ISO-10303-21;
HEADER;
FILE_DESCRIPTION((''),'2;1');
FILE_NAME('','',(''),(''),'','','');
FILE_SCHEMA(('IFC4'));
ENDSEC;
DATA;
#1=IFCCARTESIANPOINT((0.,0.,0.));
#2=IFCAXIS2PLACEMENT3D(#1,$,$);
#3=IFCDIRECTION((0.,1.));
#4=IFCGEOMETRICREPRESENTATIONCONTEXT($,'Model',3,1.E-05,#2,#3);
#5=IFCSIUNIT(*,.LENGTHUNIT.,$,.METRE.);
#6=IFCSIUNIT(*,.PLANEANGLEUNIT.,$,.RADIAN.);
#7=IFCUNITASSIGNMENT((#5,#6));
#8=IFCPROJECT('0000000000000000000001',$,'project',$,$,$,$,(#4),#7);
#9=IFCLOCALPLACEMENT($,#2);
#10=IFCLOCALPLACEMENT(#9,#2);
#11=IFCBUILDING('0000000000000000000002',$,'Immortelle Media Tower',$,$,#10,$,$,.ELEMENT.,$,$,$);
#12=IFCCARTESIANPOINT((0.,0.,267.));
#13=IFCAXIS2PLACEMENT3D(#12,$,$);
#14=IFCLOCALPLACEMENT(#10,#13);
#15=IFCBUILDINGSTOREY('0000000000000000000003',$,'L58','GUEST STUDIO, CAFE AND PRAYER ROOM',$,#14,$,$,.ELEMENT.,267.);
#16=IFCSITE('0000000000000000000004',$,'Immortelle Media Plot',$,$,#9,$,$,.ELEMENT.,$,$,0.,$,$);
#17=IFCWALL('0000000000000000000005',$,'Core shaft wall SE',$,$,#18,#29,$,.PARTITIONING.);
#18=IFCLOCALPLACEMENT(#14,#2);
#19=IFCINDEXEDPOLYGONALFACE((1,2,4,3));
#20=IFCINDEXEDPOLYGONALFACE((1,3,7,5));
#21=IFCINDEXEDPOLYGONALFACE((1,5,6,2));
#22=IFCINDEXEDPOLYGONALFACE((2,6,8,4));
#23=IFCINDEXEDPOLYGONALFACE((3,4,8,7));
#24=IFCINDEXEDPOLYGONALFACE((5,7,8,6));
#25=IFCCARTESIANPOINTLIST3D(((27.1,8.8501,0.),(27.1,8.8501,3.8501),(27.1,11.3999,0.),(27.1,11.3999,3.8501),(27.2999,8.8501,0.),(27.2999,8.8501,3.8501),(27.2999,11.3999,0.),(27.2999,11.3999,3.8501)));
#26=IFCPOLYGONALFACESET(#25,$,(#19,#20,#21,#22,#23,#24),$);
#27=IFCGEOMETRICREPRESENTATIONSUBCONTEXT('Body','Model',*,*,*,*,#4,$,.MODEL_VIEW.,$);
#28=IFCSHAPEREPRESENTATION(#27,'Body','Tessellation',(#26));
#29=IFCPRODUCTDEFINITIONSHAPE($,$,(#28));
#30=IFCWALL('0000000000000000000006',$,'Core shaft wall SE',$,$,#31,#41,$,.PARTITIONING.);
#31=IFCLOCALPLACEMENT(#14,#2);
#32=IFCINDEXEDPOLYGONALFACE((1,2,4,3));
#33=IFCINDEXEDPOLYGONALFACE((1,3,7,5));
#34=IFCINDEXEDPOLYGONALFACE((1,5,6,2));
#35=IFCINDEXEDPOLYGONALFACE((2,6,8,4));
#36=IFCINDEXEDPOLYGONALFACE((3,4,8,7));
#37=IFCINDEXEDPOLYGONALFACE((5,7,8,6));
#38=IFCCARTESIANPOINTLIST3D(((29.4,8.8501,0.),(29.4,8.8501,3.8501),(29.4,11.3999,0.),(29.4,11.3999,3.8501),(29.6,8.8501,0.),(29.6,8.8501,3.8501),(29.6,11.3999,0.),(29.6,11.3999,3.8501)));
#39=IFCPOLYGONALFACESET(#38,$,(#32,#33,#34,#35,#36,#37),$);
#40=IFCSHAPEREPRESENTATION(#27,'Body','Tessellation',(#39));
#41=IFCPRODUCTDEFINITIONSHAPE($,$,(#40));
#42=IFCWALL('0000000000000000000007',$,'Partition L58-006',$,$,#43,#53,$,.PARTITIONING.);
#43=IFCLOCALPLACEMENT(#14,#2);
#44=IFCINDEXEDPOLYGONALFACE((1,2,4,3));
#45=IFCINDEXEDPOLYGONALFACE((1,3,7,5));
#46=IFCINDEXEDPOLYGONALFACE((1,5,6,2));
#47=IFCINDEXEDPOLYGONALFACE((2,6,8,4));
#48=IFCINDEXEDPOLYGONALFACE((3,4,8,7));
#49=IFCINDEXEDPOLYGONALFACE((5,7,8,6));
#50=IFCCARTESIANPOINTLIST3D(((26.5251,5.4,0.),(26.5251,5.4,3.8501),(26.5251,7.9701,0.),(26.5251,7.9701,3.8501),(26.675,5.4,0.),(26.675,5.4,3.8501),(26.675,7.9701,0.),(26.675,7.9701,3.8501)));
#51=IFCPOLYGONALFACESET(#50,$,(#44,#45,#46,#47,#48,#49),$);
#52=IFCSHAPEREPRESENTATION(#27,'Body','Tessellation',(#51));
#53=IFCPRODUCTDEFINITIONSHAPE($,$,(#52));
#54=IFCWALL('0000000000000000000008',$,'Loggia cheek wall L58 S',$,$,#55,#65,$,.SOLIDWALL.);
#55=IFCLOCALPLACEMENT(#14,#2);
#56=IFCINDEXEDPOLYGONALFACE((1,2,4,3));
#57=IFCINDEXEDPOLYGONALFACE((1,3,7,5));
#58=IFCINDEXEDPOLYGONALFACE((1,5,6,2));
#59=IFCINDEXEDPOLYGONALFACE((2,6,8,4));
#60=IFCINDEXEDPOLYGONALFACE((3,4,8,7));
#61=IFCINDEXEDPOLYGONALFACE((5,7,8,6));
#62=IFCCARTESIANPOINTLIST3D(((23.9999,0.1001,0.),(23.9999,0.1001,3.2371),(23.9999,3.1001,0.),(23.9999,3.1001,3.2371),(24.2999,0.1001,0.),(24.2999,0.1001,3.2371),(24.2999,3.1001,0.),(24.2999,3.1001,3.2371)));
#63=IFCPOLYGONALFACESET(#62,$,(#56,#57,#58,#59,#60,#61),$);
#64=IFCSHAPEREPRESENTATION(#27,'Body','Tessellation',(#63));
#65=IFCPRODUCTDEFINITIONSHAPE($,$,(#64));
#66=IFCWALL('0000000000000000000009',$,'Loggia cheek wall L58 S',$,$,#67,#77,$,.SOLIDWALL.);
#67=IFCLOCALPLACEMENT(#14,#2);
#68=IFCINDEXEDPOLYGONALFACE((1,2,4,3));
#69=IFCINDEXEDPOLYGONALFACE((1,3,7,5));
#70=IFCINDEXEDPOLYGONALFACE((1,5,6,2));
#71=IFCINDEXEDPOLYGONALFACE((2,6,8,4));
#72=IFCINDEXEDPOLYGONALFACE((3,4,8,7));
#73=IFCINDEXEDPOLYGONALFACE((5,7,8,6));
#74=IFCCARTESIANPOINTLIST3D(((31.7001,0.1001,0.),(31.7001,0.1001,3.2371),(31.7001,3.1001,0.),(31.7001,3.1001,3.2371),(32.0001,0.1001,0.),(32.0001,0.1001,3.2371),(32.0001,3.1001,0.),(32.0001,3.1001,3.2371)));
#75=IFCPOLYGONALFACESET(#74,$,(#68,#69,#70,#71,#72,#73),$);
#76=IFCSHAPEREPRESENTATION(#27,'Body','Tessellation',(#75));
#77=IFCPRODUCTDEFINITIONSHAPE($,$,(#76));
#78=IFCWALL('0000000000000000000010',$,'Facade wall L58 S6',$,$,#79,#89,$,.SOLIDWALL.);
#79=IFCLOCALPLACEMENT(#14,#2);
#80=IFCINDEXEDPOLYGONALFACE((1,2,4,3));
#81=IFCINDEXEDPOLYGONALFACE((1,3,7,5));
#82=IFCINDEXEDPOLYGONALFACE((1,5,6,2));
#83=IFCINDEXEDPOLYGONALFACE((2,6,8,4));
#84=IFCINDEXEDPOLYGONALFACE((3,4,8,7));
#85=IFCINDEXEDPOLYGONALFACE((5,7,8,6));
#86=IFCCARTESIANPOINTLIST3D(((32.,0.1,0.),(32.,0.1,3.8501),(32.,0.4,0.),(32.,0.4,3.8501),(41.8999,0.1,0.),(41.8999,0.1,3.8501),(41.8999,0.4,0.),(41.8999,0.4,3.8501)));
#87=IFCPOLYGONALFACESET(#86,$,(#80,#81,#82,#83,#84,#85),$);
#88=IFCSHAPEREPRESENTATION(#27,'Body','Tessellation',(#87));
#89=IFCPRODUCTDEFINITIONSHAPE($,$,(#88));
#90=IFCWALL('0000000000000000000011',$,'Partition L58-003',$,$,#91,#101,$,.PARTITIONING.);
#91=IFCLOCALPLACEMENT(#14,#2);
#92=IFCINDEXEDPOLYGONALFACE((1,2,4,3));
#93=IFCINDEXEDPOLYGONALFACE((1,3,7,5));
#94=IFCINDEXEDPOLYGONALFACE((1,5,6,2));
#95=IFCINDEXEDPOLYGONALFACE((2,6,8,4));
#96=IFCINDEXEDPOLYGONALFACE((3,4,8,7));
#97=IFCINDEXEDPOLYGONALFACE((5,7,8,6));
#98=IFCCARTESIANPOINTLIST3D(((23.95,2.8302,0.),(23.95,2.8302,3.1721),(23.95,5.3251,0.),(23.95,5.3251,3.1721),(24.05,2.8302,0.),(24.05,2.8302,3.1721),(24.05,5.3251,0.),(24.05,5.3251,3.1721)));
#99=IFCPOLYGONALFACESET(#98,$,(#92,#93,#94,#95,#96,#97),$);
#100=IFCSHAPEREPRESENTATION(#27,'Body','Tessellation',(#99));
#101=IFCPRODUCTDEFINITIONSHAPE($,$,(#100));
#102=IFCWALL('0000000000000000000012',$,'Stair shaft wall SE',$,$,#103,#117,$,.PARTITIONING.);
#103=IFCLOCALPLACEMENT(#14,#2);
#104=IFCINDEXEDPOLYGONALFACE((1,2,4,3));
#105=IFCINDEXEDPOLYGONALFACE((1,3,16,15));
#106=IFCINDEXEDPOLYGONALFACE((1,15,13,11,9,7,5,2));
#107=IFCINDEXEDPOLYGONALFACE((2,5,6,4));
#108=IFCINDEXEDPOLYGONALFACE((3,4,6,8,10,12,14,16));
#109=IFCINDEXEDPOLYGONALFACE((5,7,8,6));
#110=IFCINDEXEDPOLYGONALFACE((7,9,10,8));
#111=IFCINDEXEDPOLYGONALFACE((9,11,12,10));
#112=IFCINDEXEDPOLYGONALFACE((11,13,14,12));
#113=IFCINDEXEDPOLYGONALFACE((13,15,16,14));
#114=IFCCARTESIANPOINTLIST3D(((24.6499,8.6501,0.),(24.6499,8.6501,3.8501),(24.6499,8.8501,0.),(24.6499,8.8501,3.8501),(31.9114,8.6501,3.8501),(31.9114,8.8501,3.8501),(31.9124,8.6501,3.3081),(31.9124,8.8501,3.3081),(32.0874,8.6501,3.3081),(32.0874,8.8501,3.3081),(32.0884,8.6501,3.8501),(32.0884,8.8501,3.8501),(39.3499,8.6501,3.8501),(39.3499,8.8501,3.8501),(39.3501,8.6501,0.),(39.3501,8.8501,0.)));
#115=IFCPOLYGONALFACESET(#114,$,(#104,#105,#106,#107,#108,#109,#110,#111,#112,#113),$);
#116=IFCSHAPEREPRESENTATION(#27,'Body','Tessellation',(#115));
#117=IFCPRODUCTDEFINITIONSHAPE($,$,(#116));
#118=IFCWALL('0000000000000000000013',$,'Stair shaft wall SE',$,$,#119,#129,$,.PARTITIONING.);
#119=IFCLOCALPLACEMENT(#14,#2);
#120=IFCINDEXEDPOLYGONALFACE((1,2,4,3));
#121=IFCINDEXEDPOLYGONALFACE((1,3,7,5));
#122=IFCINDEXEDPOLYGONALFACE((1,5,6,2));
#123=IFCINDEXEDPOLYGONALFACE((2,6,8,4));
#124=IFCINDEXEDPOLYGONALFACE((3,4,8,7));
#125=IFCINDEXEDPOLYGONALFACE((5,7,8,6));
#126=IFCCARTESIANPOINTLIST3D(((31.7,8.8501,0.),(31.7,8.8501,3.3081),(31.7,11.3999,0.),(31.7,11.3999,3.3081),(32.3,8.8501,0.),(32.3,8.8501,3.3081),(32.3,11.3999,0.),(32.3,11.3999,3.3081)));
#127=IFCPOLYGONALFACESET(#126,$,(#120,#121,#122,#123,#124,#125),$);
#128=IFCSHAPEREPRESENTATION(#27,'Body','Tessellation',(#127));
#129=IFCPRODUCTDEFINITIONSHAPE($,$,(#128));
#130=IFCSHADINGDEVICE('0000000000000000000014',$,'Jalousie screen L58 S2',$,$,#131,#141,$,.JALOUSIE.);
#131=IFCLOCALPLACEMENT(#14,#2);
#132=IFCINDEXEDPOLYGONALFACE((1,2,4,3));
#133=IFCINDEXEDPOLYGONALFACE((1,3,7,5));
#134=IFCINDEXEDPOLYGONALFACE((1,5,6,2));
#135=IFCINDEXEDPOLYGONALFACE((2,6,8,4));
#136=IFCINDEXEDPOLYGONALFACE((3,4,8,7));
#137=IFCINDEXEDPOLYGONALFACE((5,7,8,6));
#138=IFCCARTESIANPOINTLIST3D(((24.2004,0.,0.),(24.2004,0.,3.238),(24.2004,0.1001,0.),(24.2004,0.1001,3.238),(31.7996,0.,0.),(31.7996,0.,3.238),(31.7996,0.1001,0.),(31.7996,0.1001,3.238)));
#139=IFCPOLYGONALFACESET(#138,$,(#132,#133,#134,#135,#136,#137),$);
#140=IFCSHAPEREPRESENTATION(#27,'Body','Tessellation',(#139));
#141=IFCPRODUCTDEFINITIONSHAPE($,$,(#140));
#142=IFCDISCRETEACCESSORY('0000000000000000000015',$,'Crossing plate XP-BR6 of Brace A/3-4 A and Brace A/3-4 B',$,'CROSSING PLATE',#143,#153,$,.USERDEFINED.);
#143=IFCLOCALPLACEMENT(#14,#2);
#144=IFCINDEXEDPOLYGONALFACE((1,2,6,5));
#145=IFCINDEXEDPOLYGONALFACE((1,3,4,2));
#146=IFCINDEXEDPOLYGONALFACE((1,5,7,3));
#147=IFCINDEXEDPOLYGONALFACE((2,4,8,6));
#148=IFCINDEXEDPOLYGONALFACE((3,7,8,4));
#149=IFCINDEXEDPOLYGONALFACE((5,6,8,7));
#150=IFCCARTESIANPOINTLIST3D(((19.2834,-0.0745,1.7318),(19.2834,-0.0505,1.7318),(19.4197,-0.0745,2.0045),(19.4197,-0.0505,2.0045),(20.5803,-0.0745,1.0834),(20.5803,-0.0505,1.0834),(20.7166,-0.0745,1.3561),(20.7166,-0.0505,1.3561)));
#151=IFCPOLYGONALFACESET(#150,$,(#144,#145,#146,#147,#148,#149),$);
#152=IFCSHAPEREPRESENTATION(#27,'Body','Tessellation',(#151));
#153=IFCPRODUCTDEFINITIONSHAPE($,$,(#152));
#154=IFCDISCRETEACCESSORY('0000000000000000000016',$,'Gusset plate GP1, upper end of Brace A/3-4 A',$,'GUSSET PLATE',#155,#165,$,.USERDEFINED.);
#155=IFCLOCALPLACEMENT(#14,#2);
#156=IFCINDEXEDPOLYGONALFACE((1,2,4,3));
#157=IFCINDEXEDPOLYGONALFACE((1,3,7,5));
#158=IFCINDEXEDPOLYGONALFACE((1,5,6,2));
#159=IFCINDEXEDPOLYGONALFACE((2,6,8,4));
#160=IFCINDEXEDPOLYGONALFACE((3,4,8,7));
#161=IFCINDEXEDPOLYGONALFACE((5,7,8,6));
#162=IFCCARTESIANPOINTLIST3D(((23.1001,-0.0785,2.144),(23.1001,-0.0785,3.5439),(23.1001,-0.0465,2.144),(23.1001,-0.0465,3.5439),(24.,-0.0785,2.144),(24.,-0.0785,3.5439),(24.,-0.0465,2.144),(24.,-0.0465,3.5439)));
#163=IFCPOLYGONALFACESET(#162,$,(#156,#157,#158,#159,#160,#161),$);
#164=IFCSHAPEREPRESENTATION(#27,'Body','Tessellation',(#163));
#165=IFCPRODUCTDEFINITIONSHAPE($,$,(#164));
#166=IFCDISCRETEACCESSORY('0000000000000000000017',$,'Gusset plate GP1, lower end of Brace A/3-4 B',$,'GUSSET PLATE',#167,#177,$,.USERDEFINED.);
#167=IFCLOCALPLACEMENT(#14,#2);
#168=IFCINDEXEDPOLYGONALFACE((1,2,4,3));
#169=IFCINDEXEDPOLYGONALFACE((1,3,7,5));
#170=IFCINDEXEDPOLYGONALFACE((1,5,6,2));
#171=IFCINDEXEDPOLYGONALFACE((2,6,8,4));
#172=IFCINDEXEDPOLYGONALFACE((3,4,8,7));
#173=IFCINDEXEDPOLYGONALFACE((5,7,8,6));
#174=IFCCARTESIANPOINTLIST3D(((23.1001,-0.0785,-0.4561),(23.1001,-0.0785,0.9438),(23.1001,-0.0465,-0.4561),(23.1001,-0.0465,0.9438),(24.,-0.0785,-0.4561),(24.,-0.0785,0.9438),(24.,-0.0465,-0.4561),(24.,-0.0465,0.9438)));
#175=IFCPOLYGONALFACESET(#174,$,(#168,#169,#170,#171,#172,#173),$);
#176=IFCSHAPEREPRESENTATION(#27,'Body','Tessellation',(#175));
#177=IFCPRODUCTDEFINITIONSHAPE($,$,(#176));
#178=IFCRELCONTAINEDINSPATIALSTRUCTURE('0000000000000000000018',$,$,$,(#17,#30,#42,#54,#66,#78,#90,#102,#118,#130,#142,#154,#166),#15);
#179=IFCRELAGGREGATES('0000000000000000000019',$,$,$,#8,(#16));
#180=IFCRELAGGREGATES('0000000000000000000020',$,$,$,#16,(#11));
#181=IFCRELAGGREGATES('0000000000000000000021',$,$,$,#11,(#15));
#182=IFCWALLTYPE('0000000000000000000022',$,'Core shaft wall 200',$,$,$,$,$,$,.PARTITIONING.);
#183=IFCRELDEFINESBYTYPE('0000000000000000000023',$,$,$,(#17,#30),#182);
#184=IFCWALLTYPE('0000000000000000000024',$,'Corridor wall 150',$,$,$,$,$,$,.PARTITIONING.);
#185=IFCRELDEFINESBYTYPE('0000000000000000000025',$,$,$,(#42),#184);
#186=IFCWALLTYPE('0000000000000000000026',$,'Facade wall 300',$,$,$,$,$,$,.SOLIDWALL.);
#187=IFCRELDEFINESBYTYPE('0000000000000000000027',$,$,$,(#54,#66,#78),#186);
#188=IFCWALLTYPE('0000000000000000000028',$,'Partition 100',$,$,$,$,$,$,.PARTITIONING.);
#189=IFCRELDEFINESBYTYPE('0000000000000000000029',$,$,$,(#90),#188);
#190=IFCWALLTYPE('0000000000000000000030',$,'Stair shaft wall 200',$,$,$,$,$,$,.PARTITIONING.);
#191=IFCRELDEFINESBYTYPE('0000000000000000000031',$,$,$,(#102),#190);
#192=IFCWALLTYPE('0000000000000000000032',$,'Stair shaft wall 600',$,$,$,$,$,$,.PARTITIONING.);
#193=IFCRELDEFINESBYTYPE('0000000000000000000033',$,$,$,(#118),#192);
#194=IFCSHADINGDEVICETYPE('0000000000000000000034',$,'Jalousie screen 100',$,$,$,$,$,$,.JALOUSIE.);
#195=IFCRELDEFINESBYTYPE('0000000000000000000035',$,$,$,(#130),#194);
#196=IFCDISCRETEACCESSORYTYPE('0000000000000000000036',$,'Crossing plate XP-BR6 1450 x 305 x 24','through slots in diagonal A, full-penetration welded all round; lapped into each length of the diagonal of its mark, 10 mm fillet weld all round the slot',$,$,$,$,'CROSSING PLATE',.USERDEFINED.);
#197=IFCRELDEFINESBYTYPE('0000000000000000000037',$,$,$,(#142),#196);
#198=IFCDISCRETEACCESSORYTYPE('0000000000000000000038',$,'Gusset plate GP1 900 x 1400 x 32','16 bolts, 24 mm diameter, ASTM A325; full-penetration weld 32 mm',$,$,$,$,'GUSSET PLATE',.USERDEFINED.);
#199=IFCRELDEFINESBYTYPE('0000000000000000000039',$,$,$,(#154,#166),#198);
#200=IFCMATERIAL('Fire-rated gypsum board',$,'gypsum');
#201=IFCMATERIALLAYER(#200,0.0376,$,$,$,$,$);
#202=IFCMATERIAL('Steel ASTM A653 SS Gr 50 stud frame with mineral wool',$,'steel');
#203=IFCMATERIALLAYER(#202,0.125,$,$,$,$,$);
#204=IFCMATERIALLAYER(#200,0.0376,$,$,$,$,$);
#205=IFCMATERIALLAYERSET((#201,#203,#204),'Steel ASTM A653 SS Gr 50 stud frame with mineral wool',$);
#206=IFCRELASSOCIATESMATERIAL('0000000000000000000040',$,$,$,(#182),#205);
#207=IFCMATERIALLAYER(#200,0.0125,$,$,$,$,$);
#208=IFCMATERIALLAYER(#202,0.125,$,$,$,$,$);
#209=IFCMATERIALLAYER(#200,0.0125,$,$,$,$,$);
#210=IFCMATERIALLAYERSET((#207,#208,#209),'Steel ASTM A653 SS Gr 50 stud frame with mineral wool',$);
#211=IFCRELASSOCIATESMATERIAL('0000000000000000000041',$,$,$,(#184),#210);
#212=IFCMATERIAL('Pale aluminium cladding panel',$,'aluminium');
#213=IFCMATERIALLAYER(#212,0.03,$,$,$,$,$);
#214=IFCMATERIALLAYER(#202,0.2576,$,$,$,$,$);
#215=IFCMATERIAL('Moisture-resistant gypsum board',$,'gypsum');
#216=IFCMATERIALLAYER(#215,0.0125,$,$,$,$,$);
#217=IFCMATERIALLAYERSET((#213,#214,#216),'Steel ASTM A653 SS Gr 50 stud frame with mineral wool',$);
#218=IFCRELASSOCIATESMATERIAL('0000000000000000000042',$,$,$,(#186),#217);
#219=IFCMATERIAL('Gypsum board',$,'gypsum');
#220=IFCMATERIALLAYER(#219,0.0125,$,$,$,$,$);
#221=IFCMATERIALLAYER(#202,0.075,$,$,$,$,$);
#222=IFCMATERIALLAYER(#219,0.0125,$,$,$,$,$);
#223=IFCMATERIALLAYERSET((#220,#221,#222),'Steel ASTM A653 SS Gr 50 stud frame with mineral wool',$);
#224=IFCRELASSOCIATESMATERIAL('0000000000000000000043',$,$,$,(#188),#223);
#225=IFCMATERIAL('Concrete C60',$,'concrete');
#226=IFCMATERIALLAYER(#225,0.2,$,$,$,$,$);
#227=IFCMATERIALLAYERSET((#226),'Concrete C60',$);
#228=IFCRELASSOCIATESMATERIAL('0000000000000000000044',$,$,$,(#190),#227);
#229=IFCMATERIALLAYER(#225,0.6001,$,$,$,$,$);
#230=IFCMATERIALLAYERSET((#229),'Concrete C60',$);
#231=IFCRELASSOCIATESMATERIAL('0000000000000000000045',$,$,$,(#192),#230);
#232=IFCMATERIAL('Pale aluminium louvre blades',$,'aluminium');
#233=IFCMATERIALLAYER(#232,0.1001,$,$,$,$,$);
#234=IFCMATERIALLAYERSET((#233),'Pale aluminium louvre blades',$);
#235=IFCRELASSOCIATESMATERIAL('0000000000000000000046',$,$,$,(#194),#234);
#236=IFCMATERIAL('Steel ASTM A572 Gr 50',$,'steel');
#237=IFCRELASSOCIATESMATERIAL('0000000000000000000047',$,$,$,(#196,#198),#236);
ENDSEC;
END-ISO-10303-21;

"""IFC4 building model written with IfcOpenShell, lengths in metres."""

from ifc_helpers import new_model, si_unit, direction, frame, frame_2d, origin, origin_2d, place, context, subcontext, project, spatial, polyline, rectangle, outline, extrude, material, layer, layer_set, material_profile, profile_set, type_object, element, save


model = new_model("IFC4")

# Units and contexts
model_context = context("Model", 3, precision=1e-05, world=origin(), true_north=direction((0.0, 1.0)))
body_context = subcontext(model_context, "Body", "Model", "MODEL_VIEW")
ifc_project = project(units=[si_unit("LENGTHUNIT", "METRE"), si_unit("PLANEANGLEUNIT", "RADIAN")], contexts=[model_context])

# Site, building, storey
site_placement = place(None, origin())
site = spatial("IfcSite", under=ifc_project, at=site_placement, Name="Immortelle Media Plot", CompositionType="ELEMENT", RefElevation=0.0)
building_placement = place(site_placement, origin())
building = spatial("IfcBuilding", under=site, at=building_placement, Name="Immortelle Media Tower", CompositionType="ELEMENT")
storey_placement = place(building_placement, frame((0.0, 0.0, 267.0)))
storey = spatial("IfcBuildingStorey", under=building, at=storey_placement, Name="L58", Description="GUEST STUDIO, CAFE AND PRAYER ROOM", CompositionType="ELEMENT", Elevation=267.0)

# Shared definitions
ifc_material_1 = material(Name="Fire-rated gypsum board", Category="gypsum")
ifc_layer_1 = layer(ifc_material_1, 0.0376)
ifc_material_2 = material(Name="Steel ASTM A653 SS Gr 50 stud frame with mineral wool", Category="steel")
ifc_layer_2 = layer(ifc_material_2, 0.125)
ifc_layer_3 = layer(ifc_material_1, 0.0376)
ifc_layer_set_1 = layer_set([ifc_layer_1, ifc_layer_2, ifc_layer_3], Name="Steel ASTM A653 SS Gr 50 stud frame with mineral wool")
wall_type_1 = type_object("IfcWallType", Name="Core shaft wall 200", PredefinedType="PARTITIONING", material=ifc_layer_set_1)

# Walls
for number, where, z_axis, x_axis, name in (
    (1, (27.2, 8.8501, 0.0), (0.0, 0.0, 1.0), (0.0, 1.0, 0.0), "Core shaft wall SE"),
    (2, (29.5, 8.8501, 0.0), (0.0, 0.0, 1.0), (0.0, 1.0, 0.0), "Core shaft wall SE"),
):
    element("IfcWall", number, at=place(storey_placement, frame(where, z_axis=z_axis, x_axis=x_axis)), inside=storey, type_object=wall_type_1, Name=name, PredefinedType="PARTITIONING", context=body_context, shape_type="SweptSolid", body=[
        extrude(rectangle(XDim=2.5498, YDim=0.2, at=frame_2d((1.2749, 0.0))), origin(), (0.0, 0.0, 1.0), 3.8501),
    ])
ifc_layer_4 = layer(ifc_material_1, 0.0125)
ifc_layer_5 = layer(ifc_material_2, 0.125)
ifc_layer_6 = layer(ifc_material_1, 0.0125)
ifc_layer_set_2 = layer_set([ifc_layer_4, ifc_layer_5, ifc_layer_6], Name="Steel ASTM A653 SS Gr 50 stud frame with mineral wool")
wall_type_2 = type_object("IfcWallType", Name="Corridor wall 150", PredefinedType="PARTITIONING", material=ifc_layer_set_2)
wall_1_placement = place(storey_placement, frame((26.6001, 5.3999, 0.0), z_axis=(0.0, 0.0, 1.0), x_axis=(0.0, 1.0, 0.0)))
element("IfcWall", 3, at=wall_1_placement, inside=storey, type_object=wall_type_2, Name="Partition L58-006", PredefinedType="PARTITIONING", context=body_context, shape_type="SweptSolid", body=[
    extrude(rectangle(XDim=2.5701, YDim=0.1499, at=frame_2d((1.2852, 0.0))), origin(), (0.0, 0.0, 1.0), 3.8501),
])

# Shared definitions
ifc_material_3 = material(Name="Pale aluminium cladding panel", Category="aluminium")
ifc_layer_7 = layer(ifc_material_3, 0.03)
ifc_layer_8 = layer(ifc_material_2, 0.2576)
ifc_material_4 = material(Name="Moisture-resistant gypsum board", Category="gypsum")
ifc_layer_9 = layer(ifc_material_4, 0.0125)
ifc_layer_set_3 = layer_set([ifc_layer_7, ifc_layer_8, ifc_layer_9], Name="Steel ASTM A653 SS Gr 50 stud frame with mineral wool")
wall_type_3 = type_object("IfcWallType", Name="Facade wall 300", PredefinedType="SOLIDWALL", material=ifc_layer_set_3)

# Walls
for number, where, z_axis, x_axis, name in (
    (4, (24.1499, 0.1001, 0.0), (0.0, 0.0, 1.0), (0.0, 1.0, 0.0), "Loggia cheek wall L58 S"),
    (5, (31.8501, 0.1001, 0.0), (0.0, 0.0, 1.0), (0.0, 1.0, 0.0), "Loggia cheek wall L58 S"),
):
    element("IfcWall", number, at=place(storey_placement, frame(where, z_axis=z_axis, x_axis=x_axis)), inside=storey, type_object=wall_type_3, Name=name, PredefinedType="SOLIDWALL", context=body_context, shape_type="SweptSolid", body=[
        extrude(rectangle(XDim=3.0, YDim=0.3, at=frame_2d((1.5, 0.0))), origin(), (0.0, 0.0, 1.0), 3.2371),
    ])
wall_2_placement = place(storey_placement, frame((32.0, 0.25, 0.0), z_axis=(0.0, 0.0, 1.0), x_axis=(1.0, 0.0, 0.0)))
element("IfcWall", 6, at=wall_2_placement, inside=storey, type_object=wall_type_3, Name="Facade wall L58 S6", PredefinedType="SOLIDWALL", context=body_context, shape_type="SweptSolid", body=[
    extrude(rectangle(XDim=9.8999, YDim=0.3, at=frame_2d((4.95, 0.0))), origin(), (0.0, 0.0, 1.0), 3.8501),
])
ifc_material_5 = material(Name="Gypsum board", Category="gypsum")
ifc_layer_10 = layer(ifc_material_5, 0.0125)
ifc_layer_11 = layer(ifc_material_2, 0.075)
ifc_layer_12 = layer(ifc_material_5, 0.0125)
ifc_layer_set_4 = layer_set([ifc_layer_10, ifc_layer_11, ifc_layer_12], Name="Steel ASTM A653 SS Gr 50 stud frame with mineral wool")
wall_type_4 = type_object("IfcWallType", Name="Partition 100", PredefinedType="PARTITIONING", material=ifc_layer_set_4)
wall_3_placement = place(storey_placement, frame((24.0, 2.8301, 0.0), z_axis=(0.0, 0.0, 1.0), x_axis=(0.0, 1.0, 0.0)))
element("IfcWall", 7, at=wall_3_placement, inside=storey, type_object=wall_type_4, Name="Partition L58-003", PredefinedType="PARTITIONING", context=body_context, shape_type="SweptSolid", body=[
    extrude(rectangle(XDim=2.4949, YDim=0.1001, at=frame_2d((1.2476, 0.0))), origin(), (0.0, 0.0, 1.0), 3.1721),
])
ifc_material_6 = material(Name="Concrete C60", Category="concrete")
ifc_layer_13 = layer(ifc_material_6, 0.2)
ifc_layer_set_5 = layer_set([ifc_layer_13], Name="Concrete C60")
wall_type_5 = type_object("IfcWallType", Name="Stair shaft wall 200", PredefinedType="PARTITIONING", material=ifc_layer_set_5)
wall_4_placement = place(storey_placement, frame((24.6499, 8.75, 0.0), z_axis=(0.0, 0.0, 1.0), x_axis=(1.0, 0.0, 0.0)))
element("IfcWall", 8, at=wall_4_placement, inside=storey, type_object=wall_type_5, Name="Stair shaft wall SE", PredefinedType="PARTITIONING", context=body_context, shape_type="SweptSolid", body=[
    extrude(outline(polyline([(0.0, 0.0), (14.7002, 0.0), (14.7, 3.8501), (7.4385, 3.8501), (7.4375, 3.3081), (7.2625, 3.3081), (7.2615, 3.8501), (0.0, 3.8501), (0.0, 0.0)])), frame((0.0, 0.1001, 0.0), z_axis=(0.0, -1.0, 0.0), x_axis=(1.0, 0.0, 0.0)), (0.0, 0.0, 1.0), 0.2),
])
ifc_layer_14 = layer(ifc_material_6, 0.6001)
ifc_layer_set_6 = layer_set([ifc_layer_14], Name="Concrete C60")
wall_type_6 = type_object("IfcWallType", Name="Stair shaft wall 600", PredefinedType="PARTITIONING", material=ifc_layer_set_6)
wall_5_placement = place(storey_placement, frame((32.0, 8.8501, 0.0), z_axis=(0.0, 0.0, 1.0), x_axis=(0.0, 1.0, 0.0)))
element("IfcWall", 9, at=wall_5_placement, inside=storey, type_object=wall_type_6, Name="Stair shaft wall SE", PredefinedType="PARTITIONING", context=body_context, shape_type="SweptSolid", body=[
    extrude(rectangle(XDim=2.5498, YDim=0.6001, at=frame_2d((1.2749, 0.0))), origin(), (0.0, 0.0, 1.0), 3.3081),
])

# Shading device
ifc_material_7 = material(Name="Pale aluminium louvre blades", Category="aluminium")
ifc_layer_15 = layer(ifc_material_7, 0.1001)
ifc_layer_set_7 = layer_set([ifc_layer_15], Name="Pale aluminium louvre blades")
shading_device_type = type_object("IfcShadingDeviceType", Name="Jalousie screen 100", PredefinedType="JALOUSIE", material=ifc_layer_set_7)
shading_device_placement = place(storey_placement, frame((28.0, 0.05, 0.0), z_axis=(0.0, 0.0, 1.0), x_axis=(1.0, 0.0, 0.0)))
element("IfcShadingDevice", 10, at=shading_device_placement, inside=storey, type_object=shading_device_type, Name="Jalousie screen L58 S2", PredefinedType="JALOUSIE", context=body_context, shape_type="SweptSolid", body=[
    extrude(rectangle(XDim=7.5991, YDim=0.1001, at=origin_2d()), origin(), (0.0, 0.0, 1.0), 3.238),
])

# Discrete accessories
ifc_material_8 = material(Name="Steel ASTM A572 Gr 50", Category="steel")
ifc_material_profile_1 = material_profile(ifc_material_8, rectangle(XDim=0.0239, YDim=0.3049, at=origin_2d()), Name="PL 24 x 305")
ifc_profile_set_1 = profile_set([ifc_material_profile_1], Name="Steel ASTM A572 Gr 50")
discrete_accessory_type_1 = type_object("IfcDiscreteAccessoryType", Name="Crossing plate XP-BR6 1450 x 305 x 24", Description="through slots in diagonal A, full-penetration welded all round; lapped into each length of the diagonal of its mark, 10 mm fillet weld all round the slot", ElementType="CROSSING PLATE", PredefinedType="USERDEFINED", material=ifc_profile_set_1)
discrete_accessory_placement = place(storey_placement, frame((19.3516, -0.0625, 1.8682), z_axis=(0.894427, 0.0, -0.447214), x_axis=(0.0, 1.0, 0.0)))
element("IfcDiscreteAccessory", 11, at=discrete_accessory_placement, inside=storey, type_object=discrete_accessory_type_1, Name="Crossing plate XP-BR6 of Brace A/3-4 A and Brace A/3-4 B", ObjectType="CROSSING PLATE", PredefinedType="USERDEFINED", context=body_context, shape_type="SweptSolid", body=[
    extrude(rectangle(XDim=0.0239, YDim=0.3049, at=origin_2d()), origin(), (0.0, 0.0, 1.0), 1.45),
])
ifc_material_profile_2 = material_profile(ifc_material_8, rectangle(XDim=0.032, YDim=1.3999, at=origin_2d()), Name="PL 32 x 1400")
ifc_profile_set_2 = profile_set([ifc_material_profile_2], Name="Steel ASTM A572 Gr 50")
discrete_accessory_type_2 = type_object("IfcDiscreteAccessoryType", Name="Gusset plate GP1 900 x 1400 x 32", Description="16 bolts, 24 mm diameter, ASTM A325; full-penetration weld 32 mm", ElementType="GUSSET PLATE", PredefinedType="USERDEFINED", material=ifc_profile_set_2)
for number, where, z_axis, x_axis, name in (
    (12, (24.0, -0.0625, 2.844), (-1.0, 0.0, 0.0), (0.0, -1.0, 0.0), "Gusset plate GP1, upper end of Brace A/3-4 A"),
    (13, (24.0, -0.0625, 0.2439), (-1.0, 0.0, 0.0), (0.0, -1.0, 0.0), "Gusset plate GP1, lower end of Brace A/3-4 B"),
):
    element("IfcDiscreteAccessory", number, at=place(storey_placement, frame(where, z_axis=z_axis, x_axis=x_axis)), inside=storey, type_object=discrete_accessory_type_2, Name=name, ObjectType="GUSSET PLATE", PredefinedType="USERDEFINED", context=body_context, shape_type="SweptSolid", body=[
        extrude(rectangle(XDim=0.032, YDim=1.3999, at=origin_2d()), origin(), (0.0, 0.0, 1.0), 0.8999),
    ])

save(model, "model.ifc")
